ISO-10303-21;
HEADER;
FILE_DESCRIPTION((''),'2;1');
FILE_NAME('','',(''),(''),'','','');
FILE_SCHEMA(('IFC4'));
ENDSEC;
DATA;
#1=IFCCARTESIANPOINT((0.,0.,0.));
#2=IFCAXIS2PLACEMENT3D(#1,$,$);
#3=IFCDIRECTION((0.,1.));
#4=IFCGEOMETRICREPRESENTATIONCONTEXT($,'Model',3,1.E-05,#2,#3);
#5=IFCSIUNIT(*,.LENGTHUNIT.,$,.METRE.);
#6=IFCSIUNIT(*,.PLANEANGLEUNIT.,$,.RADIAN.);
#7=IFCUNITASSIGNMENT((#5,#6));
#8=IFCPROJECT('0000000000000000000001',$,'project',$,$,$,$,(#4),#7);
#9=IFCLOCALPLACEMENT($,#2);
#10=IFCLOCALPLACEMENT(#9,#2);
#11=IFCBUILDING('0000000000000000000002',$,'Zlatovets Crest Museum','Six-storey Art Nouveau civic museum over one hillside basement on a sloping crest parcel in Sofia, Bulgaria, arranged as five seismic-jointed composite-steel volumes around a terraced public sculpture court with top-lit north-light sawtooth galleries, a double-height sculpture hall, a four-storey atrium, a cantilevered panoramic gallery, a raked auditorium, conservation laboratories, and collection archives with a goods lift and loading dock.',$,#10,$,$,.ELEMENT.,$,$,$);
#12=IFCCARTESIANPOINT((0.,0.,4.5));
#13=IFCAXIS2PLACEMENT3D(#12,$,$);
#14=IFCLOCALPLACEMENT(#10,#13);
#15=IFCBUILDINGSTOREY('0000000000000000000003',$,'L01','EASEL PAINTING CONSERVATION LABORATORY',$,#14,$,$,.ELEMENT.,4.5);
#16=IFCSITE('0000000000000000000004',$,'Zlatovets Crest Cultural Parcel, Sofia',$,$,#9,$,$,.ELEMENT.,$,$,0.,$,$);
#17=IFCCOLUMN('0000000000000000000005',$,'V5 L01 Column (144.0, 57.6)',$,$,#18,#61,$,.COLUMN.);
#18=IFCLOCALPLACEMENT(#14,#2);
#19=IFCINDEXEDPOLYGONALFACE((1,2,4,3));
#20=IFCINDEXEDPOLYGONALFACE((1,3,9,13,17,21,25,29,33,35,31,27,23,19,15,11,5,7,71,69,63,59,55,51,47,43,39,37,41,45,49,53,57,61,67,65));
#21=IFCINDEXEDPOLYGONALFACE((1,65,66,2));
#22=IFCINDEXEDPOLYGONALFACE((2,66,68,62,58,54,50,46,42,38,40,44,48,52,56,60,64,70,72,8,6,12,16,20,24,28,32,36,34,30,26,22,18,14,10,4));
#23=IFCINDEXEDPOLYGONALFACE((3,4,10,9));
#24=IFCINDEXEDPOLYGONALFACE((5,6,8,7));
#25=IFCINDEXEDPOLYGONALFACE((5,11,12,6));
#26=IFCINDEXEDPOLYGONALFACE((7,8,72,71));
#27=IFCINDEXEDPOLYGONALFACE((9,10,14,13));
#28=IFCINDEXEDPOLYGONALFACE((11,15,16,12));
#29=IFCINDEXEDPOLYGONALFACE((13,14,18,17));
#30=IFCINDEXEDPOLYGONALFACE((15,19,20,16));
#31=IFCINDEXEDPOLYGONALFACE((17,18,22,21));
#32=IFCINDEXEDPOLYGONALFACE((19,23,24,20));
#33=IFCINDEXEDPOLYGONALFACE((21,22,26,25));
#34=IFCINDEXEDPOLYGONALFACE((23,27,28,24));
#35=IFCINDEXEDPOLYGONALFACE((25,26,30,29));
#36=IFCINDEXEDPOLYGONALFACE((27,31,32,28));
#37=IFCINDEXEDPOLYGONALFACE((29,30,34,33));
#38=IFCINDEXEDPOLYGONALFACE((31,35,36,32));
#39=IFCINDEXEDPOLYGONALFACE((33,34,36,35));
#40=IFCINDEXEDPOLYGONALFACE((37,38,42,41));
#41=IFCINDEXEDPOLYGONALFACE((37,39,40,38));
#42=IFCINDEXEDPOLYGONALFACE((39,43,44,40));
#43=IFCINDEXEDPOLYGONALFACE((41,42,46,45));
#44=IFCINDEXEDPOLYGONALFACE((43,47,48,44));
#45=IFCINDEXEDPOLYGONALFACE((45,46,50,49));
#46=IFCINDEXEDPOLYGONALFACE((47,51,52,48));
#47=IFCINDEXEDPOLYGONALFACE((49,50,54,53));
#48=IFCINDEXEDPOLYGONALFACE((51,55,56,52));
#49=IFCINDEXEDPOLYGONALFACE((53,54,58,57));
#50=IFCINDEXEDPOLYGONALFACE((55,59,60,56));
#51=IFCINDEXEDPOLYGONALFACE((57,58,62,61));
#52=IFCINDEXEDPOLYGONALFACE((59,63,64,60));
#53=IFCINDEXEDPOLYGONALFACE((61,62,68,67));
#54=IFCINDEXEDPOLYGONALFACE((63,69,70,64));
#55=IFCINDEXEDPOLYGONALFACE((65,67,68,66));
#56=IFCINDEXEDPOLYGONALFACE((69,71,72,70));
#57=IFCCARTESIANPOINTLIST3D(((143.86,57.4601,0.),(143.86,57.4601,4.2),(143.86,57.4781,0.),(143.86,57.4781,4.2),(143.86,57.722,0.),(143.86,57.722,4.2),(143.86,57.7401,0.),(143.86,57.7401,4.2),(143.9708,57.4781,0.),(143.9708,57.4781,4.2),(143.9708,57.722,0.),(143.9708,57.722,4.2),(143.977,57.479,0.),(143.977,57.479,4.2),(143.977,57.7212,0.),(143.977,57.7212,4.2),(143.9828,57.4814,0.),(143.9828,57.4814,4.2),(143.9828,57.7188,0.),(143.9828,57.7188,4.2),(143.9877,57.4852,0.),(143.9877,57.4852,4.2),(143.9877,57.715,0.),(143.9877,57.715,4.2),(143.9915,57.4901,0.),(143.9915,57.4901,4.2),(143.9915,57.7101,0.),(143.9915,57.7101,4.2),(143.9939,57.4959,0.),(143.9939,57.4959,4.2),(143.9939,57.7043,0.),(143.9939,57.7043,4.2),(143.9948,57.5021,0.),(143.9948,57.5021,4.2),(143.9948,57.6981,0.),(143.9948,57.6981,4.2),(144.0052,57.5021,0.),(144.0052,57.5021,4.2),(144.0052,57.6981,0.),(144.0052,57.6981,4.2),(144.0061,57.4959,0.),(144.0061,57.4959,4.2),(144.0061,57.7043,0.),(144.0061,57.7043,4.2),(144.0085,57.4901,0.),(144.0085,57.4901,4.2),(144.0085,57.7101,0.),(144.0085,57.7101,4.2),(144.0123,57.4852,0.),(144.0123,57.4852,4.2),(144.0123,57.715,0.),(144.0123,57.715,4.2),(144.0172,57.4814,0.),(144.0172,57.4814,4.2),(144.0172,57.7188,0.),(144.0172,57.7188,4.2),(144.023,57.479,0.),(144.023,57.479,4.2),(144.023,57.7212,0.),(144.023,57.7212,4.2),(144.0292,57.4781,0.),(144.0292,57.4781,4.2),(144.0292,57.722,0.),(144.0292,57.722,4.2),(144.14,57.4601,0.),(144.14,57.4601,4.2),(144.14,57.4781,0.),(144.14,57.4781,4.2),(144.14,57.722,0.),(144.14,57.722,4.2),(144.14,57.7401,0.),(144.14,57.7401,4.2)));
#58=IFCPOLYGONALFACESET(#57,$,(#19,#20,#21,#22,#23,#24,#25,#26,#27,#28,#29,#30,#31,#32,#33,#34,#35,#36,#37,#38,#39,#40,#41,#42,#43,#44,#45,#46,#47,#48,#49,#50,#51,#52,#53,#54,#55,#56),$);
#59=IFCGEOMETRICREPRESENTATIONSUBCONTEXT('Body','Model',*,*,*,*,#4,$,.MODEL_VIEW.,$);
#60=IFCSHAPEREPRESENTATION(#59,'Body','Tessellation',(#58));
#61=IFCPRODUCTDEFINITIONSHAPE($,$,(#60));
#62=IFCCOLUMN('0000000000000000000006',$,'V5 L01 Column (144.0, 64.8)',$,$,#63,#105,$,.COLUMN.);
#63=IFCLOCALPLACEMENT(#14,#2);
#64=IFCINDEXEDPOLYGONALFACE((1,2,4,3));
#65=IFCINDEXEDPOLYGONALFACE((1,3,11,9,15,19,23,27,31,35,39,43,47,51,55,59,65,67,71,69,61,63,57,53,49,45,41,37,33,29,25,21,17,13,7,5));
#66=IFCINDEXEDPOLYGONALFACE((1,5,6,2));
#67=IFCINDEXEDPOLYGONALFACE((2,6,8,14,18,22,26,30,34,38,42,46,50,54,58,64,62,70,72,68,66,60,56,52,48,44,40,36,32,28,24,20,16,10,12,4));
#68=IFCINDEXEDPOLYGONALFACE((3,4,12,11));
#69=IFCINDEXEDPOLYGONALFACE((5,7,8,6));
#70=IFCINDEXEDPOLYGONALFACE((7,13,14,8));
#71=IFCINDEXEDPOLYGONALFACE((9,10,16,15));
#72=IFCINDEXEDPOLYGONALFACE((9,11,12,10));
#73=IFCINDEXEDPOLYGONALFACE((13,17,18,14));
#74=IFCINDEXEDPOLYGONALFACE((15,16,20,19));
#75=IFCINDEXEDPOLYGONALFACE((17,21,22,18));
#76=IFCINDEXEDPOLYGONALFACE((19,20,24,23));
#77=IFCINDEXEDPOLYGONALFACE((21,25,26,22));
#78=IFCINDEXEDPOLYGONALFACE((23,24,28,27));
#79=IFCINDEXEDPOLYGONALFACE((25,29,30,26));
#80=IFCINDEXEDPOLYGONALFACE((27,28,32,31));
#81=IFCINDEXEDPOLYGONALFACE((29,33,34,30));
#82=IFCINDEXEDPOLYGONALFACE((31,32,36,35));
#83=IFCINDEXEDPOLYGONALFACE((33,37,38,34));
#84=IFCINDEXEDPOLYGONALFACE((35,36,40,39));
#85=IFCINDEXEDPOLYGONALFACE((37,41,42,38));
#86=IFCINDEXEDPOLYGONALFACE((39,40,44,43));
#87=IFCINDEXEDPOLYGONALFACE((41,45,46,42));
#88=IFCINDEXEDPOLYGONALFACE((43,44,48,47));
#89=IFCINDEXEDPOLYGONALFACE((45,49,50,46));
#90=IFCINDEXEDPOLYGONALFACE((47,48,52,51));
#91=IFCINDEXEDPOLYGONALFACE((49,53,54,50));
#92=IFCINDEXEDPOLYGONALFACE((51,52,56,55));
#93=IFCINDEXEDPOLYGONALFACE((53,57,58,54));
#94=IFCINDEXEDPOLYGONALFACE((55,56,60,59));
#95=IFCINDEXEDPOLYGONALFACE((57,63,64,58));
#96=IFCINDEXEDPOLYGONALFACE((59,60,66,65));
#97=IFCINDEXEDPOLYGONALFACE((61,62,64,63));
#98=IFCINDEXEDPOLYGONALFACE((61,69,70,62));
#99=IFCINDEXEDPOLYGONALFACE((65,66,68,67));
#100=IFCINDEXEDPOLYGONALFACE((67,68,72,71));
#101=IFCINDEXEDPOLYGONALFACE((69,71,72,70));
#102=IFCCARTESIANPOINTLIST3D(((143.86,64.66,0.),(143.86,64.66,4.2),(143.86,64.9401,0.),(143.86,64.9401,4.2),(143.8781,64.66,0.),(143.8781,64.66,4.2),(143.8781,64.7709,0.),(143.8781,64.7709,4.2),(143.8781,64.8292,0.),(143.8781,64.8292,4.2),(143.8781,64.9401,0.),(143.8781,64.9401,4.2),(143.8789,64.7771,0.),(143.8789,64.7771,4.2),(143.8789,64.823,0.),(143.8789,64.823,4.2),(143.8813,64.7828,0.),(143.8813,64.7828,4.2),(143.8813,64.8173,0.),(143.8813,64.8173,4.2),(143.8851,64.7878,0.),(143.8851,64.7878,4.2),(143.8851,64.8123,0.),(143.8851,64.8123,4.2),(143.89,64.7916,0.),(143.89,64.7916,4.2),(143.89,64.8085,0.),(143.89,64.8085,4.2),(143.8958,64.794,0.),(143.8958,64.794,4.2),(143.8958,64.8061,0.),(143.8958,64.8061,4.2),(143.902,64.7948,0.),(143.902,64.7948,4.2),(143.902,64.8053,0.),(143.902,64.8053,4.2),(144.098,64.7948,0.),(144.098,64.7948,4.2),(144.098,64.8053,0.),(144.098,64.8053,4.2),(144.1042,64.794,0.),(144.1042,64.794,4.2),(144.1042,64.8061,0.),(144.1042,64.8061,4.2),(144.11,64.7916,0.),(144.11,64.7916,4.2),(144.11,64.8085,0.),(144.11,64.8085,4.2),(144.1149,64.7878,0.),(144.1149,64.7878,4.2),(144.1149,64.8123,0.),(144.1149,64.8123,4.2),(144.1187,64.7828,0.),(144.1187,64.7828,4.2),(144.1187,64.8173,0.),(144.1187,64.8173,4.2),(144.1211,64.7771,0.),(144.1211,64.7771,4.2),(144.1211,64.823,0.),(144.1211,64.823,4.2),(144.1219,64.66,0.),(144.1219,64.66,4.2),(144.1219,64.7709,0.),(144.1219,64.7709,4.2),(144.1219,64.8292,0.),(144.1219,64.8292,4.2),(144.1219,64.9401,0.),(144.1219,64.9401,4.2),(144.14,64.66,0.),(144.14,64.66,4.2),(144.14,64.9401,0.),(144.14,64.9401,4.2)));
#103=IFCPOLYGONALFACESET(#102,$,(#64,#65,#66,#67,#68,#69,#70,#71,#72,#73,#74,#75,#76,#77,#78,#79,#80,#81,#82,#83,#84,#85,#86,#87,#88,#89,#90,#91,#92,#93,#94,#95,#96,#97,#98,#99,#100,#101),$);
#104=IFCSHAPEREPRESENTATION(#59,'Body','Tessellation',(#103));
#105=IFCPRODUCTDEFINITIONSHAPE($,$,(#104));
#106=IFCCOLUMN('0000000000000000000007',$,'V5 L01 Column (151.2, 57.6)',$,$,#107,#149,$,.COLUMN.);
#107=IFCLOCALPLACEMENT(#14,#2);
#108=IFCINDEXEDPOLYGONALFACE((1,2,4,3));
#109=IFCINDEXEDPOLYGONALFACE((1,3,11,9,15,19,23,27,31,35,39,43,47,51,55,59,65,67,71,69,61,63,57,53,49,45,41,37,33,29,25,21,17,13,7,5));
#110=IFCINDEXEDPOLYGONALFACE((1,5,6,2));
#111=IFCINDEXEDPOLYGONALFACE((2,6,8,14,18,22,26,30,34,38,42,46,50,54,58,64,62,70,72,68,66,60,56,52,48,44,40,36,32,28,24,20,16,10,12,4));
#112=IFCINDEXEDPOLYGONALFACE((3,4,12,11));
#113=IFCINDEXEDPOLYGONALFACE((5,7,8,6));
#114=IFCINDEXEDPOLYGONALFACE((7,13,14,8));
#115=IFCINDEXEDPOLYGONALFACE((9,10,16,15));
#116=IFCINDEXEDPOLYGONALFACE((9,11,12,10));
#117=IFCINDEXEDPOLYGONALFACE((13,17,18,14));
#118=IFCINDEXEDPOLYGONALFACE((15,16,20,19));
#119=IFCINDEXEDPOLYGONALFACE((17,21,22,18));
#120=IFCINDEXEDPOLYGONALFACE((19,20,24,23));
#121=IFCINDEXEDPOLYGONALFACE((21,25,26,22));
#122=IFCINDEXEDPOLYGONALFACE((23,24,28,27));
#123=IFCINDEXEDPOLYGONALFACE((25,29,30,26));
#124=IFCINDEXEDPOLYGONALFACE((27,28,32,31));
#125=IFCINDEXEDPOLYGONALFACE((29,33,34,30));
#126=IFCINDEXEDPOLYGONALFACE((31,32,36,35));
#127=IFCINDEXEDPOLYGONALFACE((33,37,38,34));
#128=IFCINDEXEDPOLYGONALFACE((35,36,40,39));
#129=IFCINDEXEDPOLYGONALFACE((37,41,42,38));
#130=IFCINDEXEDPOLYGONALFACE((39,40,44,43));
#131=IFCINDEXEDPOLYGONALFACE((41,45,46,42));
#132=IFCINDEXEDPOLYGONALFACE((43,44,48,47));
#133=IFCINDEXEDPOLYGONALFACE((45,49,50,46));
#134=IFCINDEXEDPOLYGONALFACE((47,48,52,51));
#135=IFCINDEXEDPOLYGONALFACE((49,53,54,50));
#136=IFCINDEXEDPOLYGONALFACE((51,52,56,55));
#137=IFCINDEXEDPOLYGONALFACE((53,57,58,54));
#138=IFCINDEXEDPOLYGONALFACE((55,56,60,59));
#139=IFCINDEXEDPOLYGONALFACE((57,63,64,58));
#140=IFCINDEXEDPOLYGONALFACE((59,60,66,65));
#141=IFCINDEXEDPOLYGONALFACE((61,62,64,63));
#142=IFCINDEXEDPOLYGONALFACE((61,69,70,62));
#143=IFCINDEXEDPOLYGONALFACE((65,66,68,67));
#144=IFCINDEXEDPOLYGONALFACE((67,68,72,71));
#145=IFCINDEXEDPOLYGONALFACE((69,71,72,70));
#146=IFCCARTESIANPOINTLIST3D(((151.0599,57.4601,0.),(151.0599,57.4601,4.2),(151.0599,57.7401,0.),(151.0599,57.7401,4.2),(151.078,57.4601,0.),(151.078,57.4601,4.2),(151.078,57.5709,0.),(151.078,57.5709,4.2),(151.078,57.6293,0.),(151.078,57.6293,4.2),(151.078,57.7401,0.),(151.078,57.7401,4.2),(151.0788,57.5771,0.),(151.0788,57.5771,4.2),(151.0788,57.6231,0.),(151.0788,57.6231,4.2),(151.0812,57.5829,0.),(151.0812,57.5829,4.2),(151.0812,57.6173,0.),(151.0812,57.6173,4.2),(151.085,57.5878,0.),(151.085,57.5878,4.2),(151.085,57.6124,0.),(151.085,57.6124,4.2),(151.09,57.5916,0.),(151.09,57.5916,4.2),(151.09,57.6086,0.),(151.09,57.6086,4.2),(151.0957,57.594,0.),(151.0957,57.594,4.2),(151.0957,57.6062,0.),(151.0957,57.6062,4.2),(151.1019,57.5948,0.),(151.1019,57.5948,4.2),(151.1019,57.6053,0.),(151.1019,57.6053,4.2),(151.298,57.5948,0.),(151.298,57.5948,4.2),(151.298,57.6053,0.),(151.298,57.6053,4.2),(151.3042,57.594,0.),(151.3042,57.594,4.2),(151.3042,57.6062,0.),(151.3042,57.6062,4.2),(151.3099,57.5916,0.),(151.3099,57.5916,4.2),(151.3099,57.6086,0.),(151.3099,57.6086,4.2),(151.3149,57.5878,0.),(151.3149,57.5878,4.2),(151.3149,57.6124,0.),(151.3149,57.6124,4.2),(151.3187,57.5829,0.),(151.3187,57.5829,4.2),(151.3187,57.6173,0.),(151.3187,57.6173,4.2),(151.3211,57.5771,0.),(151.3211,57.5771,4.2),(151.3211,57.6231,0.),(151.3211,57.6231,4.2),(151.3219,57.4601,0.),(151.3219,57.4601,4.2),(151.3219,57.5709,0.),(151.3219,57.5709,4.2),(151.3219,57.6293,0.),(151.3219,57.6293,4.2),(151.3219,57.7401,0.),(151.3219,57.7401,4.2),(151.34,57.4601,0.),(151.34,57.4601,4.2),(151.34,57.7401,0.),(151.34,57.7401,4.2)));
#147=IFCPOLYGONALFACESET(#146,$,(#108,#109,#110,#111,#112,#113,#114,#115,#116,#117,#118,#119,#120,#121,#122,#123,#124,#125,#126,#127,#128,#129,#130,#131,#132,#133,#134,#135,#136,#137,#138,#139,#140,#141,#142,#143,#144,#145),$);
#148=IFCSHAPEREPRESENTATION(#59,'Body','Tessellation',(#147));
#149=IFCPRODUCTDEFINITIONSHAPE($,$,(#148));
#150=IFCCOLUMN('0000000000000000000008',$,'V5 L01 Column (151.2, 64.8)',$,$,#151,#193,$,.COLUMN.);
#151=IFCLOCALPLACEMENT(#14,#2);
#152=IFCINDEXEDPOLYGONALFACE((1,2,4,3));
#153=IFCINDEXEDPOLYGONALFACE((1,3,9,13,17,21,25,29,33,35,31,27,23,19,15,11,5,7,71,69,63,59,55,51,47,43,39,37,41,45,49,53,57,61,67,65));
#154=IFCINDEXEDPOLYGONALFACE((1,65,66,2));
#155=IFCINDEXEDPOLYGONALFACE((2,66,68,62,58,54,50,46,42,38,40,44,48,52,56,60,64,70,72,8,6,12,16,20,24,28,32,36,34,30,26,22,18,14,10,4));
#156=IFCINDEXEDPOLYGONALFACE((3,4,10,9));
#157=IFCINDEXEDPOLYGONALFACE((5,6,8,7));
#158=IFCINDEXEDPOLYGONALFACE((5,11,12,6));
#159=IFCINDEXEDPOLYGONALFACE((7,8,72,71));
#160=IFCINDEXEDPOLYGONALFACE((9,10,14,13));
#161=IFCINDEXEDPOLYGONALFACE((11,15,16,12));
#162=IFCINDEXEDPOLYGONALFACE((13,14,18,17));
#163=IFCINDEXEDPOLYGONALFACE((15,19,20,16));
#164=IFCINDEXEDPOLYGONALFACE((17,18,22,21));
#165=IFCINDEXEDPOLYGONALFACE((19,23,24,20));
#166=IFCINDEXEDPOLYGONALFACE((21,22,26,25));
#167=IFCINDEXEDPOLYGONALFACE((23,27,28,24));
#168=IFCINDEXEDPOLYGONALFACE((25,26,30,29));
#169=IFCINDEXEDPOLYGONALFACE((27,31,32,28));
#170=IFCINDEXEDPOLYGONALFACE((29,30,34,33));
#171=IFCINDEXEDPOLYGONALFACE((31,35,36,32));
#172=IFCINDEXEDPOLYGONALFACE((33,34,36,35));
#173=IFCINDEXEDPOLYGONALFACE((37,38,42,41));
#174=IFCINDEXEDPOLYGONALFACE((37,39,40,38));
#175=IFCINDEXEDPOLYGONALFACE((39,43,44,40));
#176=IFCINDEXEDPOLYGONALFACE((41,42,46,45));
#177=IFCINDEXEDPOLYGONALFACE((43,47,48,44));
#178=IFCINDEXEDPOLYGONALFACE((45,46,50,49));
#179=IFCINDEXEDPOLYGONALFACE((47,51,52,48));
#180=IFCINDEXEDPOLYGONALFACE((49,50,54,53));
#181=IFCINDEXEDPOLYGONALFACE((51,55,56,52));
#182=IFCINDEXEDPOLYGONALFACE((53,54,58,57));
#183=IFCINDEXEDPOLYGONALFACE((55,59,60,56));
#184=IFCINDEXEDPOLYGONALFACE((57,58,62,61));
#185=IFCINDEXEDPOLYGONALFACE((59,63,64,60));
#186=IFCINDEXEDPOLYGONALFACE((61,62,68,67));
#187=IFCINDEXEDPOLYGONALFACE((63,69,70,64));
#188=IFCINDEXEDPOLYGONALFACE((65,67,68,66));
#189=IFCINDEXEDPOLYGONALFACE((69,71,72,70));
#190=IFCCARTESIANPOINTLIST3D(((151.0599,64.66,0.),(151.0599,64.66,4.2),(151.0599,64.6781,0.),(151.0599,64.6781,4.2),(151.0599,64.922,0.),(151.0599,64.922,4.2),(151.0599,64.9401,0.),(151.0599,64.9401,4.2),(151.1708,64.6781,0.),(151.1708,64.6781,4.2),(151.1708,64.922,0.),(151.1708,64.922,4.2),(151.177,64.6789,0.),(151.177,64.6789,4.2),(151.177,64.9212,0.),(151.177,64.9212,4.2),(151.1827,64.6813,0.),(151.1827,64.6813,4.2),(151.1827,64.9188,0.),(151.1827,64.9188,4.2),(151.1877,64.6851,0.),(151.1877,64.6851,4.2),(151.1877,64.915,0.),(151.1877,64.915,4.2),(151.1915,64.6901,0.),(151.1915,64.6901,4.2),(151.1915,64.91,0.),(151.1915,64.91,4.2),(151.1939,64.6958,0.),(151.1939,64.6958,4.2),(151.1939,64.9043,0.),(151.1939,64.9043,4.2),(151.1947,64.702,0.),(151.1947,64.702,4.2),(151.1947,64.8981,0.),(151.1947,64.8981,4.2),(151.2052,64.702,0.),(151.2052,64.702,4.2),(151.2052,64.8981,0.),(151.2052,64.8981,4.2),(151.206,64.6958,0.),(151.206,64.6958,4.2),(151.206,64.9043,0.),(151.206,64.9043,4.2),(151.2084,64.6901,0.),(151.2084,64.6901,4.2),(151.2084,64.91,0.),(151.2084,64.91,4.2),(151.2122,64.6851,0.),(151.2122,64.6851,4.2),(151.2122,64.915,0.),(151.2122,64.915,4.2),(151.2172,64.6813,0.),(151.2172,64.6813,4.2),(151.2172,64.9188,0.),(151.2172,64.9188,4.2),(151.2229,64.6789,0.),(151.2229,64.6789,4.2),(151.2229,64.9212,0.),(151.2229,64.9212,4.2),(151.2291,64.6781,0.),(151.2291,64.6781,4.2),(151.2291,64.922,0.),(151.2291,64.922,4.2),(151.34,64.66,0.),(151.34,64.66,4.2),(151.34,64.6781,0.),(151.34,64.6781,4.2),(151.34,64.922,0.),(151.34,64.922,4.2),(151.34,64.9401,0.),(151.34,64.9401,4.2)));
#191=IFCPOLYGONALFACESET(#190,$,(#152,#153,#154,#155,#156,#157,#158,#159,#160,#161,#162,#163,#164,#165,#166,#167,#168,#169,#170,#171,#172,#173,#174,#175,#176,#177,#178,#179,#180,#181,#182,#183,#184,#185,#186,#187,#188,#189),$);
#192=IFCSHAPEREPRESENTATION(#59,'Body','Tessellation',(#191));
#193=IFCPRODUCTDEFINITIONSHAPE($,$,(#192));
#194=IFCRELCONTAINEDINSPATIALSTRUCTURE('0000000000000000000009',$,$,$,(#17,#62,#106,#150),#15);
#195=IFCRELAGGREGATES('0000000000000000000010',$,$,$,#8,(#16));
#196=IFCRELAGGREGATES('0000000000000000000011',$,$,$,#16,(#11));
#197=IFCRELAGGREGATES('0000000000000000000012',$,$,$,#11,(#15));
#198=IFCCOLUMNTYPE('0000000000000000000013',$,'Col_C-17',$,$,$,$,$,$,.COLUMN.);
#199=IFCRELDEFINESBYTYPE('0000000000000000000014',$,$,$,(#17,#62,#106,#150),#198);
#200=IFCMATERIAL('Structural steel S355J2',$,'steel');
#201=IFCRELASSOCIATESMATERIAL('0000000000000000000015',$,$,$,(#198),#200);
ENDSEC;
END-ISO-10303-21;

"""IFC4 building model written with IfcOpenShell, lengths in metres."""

from ifc_helpers import new_model, si_unit, direction, frame, origin, origin_2d, place, context, subcontext, project, spatial, i_section, extrude, material, material_profile, profile_set, type_object, element, save


model = new_model("IFC4")

# Units and contexts
model_context = context("Model", 3, precision=1e-05, world=origin(), true_north=direction((0.0, 1.0)))
body_context = subcontext(model_context, "Body", "Model", "MODEL_VIEW")
ifc_project = project(units=[si_unit("LENGTHUNIT", "METRE"), si_unit("PLANEANGLEUNIT", "RADIAN")], contexts=[model_context])

# Site, building, storey
site_placement = place(None, origin())
site = spatial("IfcSite", under=ifc_project, at=site_placement, Name="Zlatovets Crest Cultural Parcel, Sofia", CompositionType="ELEMENT", RefElevation=0.0)
building_placement = place(site_placement, origin())
building = spatial("IfcBuilding", under=site, at=building_placement, Name="Zlatovets Crest Museum", Description="Six-storey Art Nouveau civic museum over one hillside basement on a sloping crest parcel in Sofia, Bulgaria, arranged as five seismic-jointed composite-steel volumes around a terraced public sculpture court with top-lit north-light sawtooth galleries, a double-height sculpture hall, a four-storey atrium, a cantilevered panoramic gallery, a raked auditorium, conservation laboratories, and collection archives with a goods lift and loading dock.", CompositionType="ELEMENT")
storey_placement = place(building_placement, frame((0.0, 0.0, 4.5)))
storey = spatial("IfcBuildingStorey", under=building, at=storey_placement, Name="L01", Description="EASEL PAINTING CONSERVATION LABORATORY", CompositionType="ELEMENT", Elevation=4.5)

# Columns
ifc_material_1 = material(Name="Structural steel S355J2", Category="steel")
ifc_material_profile_1 = material_profile(ifc_material_1, i_section(OverallWidth=0.28, OverallDepth=0.28, WebThickness=0.0105, FlangeThickness=0.0181, FilletRadius=0.0239, at=origin_2d()), Name="HEB 280")
ifc_profile_set_1 = profile_set([ifc_material_profile_1], Name="Structural steel S355J2")
column_type = type_object("IfcColumnType", Name="Col_C-17", PredefinedType="COLUMN", material=ifc_profile_set_1)
for number, where, z_axis, x_axis, name in (
    (1, (144.0, 57.6001, 0.0), (0.0, 0.0, 1.0), (1.0, 0.0, 0.0), "V5 L01 Column (144.0, 57.6)"),
    (2, (144.0, 64.8, 0.0), (0.0, 0.0, 1.0), (0.0, 1.0, 0.0), "V5 L01 Column (144.0, 64.8)"),
    (3, (151.2, 57.6001, 0.0), (0.0, 0.0, 1.0), (0.0, 1.0, 0.0), "V5 L01 Column (151.2, 57.6)"),
    (4, (151.2, 64.8, 0.0), (0.0, 0.0, 1.0), (1.0, 0.0, 0.0), "V5 L01 Column (151.2, 64.8)"),
):
    element("IfcColumn", number, at=place(storey_placement, frame(where, z_axis=z_axis, x_axis=x_axis)), inside=storey, type_object=column_type, Name=name, PredefinedType="COLUMN", context=body_context, shape_type="SweptSolid", body=[
        extrude(i_section(OverallWidth=0.28, OverallDepth=0.28, WebThickness=0.0105, FlangeThickness=0.0181, FilletRadius=0.0239, at=origin_2d()), origin(), (0.0, 0.0, 1.0), 4.2),
    ])

save(model, "model.ifc")
